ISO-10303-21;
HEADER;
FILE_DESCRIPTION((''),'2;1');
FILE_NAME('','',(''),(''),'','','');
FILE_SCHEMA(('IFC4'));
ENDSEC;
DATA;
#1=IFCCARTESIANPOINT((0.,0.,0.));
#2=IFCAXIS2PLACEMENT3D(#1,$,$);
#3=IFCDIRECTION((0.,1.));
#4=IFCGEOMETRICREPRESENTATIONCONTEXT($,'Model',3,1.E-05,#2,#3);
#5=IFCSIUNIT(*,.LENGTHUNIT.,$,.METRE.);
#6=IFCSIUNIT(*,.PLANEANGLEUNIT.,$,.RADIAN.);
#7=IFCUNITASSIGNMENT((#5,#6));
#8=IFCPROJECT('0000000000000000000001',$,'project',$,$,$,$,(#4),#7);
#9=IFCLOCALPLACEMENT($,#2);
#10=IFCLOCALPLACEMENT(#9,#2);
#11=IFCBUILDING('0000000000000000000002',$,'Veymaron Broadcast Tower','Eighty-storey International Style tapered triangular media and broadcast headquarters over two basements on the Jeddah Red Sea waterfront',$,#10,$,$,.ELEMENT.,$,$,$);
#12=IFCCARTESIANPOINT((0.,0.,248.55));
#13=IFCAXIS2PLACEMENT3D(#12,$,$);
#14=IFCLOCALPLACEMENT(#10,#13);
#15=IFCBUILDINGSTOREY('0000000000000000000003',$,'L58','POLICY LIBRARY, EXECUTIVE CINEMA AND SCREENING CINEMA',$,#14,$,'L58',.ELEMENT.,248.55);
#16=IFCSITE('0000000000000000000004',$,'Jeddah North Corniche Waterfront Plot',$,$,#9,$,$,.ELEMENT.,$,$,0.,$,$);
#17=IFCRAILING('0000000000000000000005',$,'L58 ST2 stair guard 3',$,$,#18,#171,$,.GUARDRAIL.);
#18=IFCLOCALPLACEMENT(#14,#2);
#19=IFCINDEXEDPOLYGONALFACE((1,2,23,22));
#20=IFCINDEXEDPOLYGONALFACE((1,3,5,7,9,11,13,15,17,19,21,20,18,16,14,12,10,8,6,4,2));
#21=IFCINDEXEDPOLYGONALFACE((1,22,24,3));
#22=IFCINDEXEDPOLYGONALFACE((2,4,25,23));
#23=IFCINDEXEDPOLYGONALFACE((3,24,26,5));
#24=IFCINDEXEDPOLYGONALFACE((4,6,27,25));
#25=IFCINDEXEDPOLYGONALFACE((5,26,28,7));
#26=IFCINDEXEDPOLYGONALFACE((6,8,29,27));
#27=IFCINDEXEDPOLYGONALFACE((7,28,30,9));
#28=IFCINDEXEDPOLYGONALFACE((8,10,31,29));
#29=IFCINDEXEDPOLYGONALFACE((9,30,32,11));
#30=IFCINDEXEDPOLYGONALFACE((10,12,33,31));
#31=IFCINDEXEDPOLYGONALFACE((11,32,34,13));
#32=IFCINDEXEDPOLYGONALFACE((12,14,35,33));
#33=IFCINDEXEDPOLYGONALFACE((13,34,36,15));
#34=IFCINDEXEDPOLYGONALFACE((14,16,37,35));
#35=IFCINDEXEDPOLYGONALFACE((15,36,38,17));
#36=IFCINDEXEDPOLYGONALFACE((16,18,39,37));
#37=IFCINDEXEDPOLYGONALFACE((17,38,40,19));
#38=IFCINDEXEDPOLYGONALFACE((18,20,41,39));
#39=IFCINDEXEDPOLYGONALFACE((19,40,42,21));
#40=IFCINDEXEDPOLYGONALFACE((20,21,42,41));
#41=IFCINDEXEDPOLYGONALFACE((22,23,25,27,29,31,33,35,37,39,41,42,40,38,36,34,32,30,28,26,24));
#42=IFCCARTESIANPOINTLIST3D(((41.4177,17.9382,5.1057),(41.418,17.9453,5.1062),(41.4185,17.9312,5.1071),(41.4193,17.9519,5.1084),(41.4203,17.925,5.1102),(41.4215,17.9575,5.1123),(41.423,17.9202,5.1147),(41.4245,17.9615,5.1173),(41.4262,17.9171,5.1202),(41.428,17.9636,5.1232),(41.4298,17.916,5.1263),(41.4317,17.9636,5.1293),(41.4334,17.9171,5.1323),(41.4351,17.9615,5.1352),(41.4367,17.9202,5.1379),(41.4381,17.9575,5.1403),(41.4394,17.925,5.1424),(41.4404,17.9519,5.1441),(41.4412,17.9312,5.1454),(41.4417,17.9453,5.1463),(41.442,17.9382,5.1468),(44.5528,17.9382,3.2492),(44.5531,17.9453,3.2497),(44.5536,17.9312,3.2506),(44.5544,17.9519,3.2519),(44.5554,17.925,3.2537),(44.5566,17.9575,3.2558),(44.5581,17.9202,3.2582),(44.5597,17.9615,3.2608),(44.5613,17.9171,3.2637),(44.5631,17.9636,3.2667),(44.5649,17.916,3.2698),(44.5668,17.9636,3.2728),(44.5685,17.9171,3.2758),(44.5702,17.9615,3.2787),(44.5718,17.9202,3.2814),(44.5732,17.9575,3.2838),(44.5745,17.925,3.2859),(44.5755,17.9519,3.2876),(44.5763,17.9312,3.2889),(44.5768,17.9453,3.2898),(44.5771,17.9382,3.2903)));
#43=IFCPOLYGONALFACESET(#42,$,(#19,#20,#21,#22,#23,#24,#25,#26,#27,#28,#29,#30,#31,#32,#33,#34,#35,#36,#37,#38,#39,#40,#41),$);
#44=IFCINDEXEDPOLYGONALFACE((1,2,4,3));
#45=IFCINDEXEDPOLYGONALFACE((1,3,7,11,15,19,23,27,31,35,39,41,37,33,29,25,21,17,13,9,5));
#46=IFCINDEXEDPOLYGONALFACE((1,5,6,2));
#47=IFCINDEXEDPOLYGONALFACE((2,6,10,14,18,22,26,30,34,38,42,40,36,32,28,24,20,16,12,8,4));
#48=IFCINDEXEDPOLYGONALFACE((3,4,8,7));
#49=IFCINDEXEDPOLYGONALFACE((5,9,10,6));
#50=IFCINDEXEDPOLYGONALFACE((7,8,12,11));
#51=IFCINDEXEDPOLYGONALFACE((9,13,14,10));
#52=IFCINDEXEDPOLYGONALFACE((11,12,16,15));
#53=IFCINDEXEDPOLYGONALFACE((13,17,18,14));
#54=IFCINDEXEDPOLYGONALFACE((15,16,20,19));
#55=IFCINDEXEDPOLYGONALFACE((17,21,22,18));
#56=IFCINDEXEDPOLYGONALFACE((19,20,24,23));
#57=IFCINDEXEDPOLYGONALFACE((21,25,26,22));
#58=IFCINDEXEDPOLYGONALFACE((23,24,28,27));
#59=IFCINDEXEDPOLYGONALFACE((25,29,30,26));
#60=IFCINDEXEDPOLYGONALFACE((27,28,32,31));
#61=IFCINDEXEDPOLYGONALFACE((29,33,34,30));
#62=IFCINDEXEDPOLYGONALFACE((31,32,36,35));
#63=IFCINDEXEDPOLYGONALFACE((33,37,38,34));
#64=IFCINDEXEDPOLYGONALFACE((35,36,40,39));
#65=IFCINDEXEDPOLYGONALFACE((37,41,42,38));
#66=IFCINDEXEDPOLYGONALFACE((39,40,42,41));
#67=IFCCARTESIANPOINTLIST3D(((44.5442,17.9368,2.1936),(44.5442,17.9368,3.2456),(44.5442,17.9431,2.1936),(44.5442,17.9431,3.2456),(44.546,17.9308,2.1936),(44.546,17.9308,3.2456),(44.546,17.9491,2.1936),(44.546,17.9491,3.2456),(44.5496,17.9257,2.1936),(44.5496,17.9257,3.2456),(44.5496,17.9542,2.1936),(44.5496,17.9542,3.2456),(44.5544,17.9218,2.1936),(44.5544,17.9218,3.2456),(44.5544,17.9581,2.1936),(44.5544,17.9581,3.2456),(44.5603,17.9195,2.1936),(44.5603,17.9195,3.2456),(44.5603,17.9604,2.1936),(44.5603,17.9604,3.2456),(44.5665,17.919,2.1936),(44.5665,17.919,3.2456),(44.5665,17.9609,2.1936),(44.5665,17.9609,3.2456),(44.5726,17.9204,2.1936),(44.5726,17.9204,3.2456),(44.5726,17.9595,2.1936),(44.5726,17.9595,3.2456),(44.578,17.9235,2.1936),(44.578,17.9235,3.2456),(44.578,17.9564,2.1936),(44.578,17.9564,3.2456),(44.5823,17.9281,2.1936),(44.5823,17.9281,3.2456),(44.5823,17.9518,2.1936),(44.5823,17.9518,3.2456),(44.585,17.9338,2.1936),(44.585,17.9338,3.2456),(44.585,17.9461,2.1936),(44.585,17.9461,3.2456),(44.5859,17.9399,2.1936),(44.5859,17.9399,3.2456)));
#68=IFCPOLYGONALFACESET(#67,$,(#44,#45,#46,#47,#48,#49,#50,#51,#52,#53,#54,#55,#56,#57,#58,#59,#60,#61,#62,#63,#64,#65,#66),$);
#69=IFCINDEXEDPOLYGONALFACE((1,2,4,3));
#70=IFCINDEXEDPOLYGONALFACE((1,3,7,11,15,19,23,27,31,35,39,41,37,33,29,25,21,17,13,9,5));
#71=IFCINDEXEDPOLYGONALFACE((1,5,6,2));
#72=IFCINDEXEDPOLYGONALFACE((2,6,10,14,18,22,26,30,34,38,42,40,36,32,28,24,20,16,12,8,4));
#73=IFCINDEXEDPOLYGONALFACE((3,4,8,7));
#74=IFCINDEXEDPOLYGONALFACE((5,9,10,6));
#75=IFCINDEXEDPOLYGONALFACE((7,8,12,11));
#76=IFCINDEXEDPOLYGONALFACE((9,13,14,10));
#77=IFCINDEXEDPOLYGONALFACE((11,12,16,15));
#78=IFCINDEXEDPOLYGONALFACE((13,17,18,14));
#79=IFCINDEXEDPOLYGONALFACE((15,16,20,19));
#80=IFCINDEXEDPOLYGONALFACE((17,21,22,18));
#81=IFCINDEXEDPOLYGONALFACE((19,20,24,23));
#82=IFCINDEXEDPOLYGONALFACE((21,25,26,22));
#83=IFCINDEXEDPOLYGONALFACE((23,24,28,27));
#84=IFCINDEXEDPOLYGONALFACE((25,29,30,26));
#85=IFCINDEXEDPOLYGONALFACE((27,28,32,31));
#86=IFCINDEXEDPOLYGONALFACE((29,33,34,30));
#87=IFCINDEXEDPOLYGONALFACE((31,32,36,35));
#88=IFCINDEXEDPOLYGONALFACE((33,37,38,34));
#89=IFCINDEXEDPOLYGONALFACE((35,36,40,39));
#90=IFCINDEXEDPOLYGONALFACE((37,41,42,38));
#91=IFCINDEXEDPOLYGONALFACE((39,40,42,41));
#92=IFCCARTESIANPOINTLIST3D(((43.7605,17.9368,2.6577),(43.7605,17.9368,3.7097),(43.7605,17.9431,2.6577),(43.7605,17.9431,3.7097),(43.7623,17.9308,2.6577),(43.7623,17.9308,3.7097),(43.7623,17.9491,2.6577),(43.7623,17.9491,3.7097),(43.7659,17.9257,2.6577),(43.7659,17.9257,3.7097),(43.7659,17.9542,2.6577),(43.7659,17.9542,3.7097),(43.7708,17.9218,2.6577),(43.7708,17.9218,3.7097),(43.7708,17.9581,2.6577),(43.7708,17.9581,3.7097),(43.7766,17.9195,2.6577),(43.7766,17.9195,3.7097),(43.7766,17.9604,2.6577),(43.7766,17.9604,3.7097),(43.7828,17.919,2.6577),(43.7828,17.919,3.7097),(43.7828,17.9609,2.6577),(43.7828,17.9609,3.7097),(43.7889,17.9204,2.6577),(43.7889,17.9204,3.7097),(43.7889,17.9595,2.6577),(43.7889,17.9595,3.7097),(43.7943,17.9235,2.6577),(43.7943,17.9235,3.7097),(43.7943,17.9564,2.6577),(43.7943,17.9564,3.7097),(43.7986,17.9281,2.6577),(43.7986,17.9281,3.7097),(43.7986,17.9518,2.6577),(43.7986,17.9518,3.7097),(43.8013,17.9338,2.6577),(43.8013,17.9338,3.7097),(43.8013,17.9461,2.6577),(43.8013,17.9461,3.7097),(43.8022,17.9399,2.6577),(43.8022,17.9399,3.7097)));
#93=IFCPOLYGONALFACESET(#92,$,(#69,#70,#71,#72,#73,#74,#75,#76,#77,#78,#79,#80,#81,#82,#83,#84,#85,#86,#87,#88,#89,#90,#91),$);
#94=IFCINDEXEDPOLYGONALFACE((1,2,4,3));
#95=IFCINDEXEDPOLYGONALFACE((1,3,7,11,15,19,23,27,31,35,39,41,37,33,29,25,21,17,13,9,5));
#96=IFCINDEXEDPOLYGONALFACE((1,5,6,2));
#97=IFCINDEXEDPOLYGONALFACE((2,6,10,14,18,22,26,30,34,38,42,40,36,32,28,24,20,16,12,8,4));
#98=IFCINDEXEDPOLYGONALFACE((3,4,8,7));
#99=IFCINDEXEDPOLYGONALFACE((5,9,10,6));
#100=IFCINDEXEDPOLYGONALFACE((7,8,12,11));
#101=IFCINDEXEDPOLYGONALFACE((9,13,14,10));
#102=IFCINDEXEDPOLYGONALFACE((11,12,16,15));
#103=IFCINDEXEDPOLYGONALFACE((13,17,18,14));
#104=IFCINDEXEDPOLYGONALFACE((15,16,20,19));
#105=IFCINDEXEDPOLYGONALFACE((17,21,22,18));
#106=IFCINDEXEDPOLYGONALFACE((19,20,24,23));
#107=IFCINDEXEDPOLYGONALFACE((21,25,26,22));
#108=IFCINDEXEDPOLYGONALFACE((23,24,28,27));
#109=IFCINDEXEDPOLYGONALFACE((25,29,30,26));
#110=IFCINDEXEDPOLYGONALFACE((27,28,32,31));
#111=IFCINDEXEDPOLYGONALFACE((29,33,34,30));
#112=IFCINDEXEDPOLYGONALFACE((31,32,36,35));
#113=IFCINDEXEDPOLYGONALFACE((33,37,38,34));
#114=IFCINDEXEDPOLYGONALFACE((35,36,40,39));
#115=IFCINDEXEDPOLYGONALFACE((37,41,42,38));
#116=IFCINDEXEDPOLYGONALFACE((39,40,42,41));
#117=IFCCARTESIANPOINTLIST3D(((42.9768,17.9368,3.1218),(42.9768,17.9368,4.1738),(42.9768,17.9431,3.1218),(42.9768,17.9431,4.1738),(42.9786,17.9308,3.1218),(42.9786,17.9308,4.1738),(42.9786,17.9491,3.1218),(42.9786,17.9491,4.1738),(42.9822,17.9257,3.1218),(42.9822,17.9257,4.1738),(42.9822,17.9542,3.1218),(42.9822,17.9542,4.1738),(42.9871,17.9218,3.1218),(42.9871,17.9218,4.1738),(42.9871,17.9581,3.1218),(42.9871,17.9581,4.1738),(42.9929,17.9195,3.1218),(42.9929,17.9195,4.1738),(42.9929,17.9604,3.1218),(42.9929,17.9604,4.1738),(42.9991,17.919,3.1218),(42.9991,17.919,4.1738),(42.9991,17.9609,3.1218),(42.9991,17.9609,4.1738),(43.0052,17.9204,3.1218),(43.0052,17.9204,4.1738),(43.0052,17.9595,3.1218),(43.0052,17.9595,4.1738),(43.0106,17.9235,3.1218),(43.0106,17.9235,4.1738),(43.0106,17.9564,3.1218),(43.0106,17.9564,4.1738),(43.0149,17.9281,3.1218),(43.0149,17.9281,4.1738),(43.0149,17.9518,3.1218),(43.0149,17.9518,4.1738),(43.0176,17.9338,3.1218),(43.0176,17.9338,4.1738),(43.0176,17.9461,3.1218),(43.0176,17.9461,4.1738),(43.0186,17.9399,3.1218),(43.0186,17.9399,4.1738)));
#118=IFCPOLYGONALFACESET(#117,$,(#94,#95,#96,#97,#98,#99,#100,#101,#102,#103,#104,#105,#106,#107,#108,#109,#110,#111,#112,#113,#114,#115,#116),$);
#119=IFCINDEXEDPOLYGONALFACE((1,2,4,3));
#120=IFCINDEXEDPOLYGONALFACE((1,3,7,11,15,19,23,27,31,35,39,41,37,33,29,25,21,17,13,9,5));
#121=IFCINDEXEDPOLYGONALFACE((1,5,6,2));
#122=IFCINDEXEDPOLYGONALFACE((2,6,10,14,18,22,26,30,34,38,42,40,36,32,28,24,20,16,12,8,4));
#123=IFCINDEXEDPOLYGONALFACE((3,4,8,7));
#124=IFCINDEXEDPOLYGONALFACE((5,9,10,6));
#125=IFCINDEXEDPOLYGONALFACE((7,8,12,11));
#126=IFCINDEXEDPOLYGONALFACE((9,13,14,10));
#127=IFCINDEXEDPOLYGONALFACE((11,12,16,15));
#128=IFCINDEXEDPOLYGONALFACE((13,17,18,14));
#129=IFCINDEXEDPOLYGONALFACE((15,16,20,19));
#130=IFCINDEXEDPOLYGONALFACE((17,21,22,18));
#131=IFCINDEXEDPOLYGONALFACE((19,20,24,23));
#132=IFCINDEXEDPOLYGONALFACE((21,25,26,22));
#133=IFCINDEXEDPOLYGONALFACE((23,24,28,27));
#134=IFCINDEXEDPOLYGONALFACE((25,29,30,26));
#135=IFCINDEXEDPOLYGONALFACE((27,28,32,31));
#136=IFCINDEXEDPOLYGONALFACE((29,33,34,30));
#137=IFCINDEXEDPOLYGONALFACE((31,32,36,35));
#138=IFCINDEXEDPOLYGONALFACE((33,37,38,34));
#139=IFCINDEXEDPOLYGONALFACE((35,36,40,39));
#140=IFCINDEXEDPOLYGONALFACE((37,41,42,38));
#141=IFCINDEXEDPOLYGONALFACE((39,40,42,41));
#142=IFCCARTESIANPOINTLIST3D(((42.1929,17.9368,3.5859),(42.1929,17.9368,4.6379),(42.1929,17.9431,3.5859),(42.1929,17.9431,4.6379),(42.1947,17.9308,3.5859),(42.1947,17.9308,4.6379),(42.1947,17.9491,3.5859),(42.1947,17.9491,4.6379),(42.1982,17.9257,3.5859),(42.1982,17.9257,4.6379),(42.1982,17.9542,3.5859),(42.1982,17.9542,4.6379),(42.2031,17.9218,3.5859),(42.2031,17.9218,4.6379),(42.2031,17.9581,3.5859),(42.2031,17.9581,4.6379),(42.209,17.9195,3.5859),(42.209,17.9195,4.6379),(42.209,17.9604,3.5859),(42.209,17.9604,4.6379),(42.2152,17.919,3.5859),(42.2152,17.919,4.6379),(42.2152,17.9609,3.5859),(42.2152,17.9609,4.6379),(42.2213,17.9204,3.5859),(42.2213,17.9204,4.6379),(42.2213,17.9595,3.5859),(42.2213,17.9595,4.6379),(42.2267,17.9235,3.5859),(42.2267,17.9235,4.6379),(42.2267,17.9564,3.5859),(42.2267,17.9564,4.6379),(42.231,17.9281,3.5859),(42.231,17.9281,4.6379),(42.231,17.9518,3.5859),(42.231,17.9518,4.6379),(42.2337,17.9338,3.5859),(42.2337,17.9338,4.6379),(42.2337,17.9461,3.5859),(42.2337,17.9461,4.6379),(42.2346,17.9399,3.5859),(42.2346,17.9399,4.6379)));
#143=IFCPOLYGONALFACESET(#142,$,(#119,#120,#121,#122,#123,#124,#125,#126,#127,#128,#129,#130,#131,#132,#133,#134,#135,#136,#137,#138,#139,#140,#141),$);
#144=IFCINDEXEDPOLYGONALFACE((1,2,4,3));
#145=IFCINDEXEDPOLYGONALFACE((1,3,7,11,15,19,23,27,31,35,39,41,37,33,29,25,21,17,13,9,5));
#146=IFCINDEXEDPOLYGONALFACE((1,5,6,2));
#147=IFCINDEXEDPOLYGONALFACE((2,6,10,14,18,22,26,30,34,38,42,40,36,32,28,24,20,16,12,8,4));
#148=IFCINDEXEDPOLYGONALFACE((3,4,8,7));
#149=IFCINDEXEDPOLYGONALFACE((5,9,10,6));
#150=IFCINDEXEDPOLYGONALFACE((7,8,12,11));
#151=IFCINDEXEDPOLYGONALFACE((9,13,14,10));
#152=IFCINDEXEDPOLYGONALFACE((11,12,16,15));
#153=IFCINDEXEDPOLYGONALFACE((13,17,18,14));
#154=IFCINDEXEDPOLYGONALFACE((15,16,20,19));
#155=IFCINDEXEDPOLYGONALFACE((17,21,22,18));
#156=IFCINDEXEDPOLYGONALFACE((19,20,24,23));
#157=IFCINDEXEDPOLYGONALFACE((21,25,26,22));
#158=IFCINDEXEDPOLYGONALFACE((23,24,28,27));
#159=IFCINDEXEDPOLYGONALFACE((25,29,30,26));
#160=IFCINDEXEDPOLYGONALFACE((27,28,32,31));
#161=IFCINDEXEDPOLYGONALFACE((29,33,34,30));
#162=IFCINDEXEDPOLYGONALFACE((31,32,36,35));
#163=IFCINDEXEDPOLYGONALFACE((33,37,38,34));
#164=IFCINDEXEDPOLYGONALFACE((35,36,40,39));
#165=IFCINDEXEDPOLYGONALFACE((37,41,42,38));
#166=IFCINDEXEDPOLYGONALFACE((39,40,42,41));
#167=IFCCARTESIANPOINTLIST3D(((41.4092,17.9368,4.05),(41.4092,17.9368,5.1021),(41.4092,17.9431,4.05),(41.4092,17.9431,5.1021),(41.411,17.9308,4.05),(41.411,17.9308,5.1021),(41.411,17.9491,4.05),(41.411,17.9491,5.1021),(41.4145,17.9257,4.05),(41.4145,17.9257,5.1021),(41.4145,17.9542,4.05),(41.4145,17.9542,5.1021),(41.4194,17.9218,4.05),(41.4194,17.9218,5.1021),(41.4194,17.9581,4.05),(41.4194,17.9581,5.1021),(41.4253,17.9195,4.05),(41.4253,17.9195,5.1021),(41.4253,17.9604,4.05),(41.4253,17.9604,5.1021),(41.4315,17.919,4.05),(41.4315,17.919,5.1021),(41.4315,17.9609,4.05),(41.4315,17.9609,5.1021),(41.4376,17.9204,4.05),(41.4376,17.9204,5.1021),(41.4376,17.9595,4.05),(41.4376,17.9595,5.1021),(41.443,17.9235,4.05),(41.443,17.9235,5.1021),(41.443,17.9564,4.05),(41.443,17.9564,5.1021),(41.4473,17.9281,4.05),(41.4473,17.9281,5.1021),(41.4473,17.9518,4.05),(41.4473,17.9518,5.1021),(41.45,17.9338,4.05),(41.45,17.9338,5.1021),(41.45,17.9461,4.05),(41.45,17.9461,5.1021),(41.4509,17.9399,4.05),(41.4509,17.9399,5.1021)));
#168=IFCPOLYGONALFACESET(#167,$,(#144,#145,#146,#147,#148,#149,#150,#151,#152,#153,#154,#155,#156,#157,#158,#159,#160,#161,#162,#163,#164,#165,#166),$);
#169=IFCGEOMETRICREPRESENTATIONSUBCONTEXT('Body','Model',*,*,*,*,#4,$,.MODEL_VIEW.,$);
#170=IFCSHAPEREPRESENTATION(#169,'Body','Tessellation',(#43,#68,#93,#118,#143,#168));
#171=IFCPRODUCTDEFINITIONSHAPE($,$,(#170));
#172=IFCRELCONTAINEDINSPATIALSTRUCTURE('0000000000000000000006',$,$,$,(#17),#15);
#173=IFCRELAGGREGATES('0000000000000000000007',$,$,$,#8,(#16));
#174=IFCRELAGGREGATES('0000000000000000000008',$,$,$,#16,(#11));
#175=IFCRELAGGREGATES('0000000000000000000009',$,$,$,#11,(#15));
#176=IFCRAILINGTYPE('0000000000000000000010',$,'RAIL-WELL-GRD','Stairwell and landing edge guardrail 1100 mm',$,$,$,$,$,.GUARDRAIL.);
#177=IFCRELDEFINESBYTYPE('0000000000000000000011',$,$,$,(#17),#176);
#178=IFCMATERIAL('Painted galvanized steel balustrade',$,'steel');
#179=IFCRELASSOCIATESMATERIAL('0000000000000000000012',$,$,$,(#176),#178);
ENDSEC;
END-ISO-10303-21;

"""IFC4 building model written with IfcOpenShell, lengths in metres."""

from ifc_helpers import new_model, si_unit, direction, frame, origin, origin_2d, place, context, subcontext, project, spatial, circle, extrude, material, type_object, element, save


model = new_model("IFC4")

# Units and contexts
model_context = context("Model", 3, precision=1e-05, world=origin(), true_north=direction((0.0, 1.0)))
body_context = subcontext(model_context, "Body", "Model", "MODEL_VIEW")
ifc_project = project(units=[si_unit("LENGTHUNIT", "METRE"), si_unit("PLANEANGLEUNIT", "RADIAN")], contexts=[model_context])

# Site, building, storey
site_placement = place(None, origin())
site = spatial("IfcSite", under=ifc_project, at=site_placement, Name="Jeddah North Corniche Waterfront Plot", CompositionType="ELEMENT", RefElevation=0.0)
building_placement = place(site_placement, origin())
building = spatial("IfcBuilding", under=site, at=building_placement, Name="Veymaron Broadcast Tower", Description="Eighty-storey International Style tapered triangular media and broadcast headquarters over two basements on the Jeddah Red Sea waterfront", CompositionType="ELEMENT")
storey_placement = place(building_placement, frame((0.0, 0.0, 248.55)))
storey = spatial("IfcBuildingStorey", under=building, at=storey_placement, Name="L58", Description="POLICY LIBRARY, EXECUTIVE CINEMA AND SCREENING CINEMA", LongName="L58", CompositionType="ELEMENT", Elevation=248.55)

# Railing
ifc_material_1 = material(Name="Painted galvanized steel balustrade", Category="steel")
railing_type_1 = type_object("IfcRailingType", Name="RAIL-WELL-GRD", Description="Stairwell and landing edge guardrail 1100 mm", PredefinedType="GUARDRAIL", material=ifc_material_1)
railing_1_placement = place(storey_placement, frame((44.5649, 17.9399, 2.1936)))
element("IfcRailing", 1, at=railing_1_placement, inside=storey, type_object=railing_type_1, Name="L58 ST2 stair guard 3", PredefinedType="GUARDRAIL", context=body_context, shape_type="SweptSolid", body=[
    extrude(circle(Radius=0.0239, at=origin_2d()), frame((0.0, 0.0, 1.0762), z_axis=(-0.860453, 0.0, 0.509531), x_axis=(0.0, -1.0, 0.0)), (0.0, 0.0, 1.0), 3.6436),
    extrude(circle(Radius=0.021, at=origin_2d()), origin(), (0.0, 0.0, 1.0), 1.052),
    extrude(circle(Radius=0.021, at=origin_2d()), frame((-0.7837, 0.0, 0.4641)), (0.0, 0.0, 1.0), 1.052),
    extrude(circle(Radius=0.021, at=origin_2d()), frame((-1.5674, 0.0, 0.9282)), (0.0, 0.0, 1.0), 1.052),
    extrude(circle(Radius=0.021, at=origin_2d()), frame((-2.3513, 0.0, 1.3923)), (0.0, 0.0, 1.0), 1.052),
    extrude(circle(Radius=0.021, at=origin_2d()), frame((-3.135, 0.0, 1.8564)), (0.0, 0.0, 1.0), 1.052),
])

save(model, "model.ifc")
